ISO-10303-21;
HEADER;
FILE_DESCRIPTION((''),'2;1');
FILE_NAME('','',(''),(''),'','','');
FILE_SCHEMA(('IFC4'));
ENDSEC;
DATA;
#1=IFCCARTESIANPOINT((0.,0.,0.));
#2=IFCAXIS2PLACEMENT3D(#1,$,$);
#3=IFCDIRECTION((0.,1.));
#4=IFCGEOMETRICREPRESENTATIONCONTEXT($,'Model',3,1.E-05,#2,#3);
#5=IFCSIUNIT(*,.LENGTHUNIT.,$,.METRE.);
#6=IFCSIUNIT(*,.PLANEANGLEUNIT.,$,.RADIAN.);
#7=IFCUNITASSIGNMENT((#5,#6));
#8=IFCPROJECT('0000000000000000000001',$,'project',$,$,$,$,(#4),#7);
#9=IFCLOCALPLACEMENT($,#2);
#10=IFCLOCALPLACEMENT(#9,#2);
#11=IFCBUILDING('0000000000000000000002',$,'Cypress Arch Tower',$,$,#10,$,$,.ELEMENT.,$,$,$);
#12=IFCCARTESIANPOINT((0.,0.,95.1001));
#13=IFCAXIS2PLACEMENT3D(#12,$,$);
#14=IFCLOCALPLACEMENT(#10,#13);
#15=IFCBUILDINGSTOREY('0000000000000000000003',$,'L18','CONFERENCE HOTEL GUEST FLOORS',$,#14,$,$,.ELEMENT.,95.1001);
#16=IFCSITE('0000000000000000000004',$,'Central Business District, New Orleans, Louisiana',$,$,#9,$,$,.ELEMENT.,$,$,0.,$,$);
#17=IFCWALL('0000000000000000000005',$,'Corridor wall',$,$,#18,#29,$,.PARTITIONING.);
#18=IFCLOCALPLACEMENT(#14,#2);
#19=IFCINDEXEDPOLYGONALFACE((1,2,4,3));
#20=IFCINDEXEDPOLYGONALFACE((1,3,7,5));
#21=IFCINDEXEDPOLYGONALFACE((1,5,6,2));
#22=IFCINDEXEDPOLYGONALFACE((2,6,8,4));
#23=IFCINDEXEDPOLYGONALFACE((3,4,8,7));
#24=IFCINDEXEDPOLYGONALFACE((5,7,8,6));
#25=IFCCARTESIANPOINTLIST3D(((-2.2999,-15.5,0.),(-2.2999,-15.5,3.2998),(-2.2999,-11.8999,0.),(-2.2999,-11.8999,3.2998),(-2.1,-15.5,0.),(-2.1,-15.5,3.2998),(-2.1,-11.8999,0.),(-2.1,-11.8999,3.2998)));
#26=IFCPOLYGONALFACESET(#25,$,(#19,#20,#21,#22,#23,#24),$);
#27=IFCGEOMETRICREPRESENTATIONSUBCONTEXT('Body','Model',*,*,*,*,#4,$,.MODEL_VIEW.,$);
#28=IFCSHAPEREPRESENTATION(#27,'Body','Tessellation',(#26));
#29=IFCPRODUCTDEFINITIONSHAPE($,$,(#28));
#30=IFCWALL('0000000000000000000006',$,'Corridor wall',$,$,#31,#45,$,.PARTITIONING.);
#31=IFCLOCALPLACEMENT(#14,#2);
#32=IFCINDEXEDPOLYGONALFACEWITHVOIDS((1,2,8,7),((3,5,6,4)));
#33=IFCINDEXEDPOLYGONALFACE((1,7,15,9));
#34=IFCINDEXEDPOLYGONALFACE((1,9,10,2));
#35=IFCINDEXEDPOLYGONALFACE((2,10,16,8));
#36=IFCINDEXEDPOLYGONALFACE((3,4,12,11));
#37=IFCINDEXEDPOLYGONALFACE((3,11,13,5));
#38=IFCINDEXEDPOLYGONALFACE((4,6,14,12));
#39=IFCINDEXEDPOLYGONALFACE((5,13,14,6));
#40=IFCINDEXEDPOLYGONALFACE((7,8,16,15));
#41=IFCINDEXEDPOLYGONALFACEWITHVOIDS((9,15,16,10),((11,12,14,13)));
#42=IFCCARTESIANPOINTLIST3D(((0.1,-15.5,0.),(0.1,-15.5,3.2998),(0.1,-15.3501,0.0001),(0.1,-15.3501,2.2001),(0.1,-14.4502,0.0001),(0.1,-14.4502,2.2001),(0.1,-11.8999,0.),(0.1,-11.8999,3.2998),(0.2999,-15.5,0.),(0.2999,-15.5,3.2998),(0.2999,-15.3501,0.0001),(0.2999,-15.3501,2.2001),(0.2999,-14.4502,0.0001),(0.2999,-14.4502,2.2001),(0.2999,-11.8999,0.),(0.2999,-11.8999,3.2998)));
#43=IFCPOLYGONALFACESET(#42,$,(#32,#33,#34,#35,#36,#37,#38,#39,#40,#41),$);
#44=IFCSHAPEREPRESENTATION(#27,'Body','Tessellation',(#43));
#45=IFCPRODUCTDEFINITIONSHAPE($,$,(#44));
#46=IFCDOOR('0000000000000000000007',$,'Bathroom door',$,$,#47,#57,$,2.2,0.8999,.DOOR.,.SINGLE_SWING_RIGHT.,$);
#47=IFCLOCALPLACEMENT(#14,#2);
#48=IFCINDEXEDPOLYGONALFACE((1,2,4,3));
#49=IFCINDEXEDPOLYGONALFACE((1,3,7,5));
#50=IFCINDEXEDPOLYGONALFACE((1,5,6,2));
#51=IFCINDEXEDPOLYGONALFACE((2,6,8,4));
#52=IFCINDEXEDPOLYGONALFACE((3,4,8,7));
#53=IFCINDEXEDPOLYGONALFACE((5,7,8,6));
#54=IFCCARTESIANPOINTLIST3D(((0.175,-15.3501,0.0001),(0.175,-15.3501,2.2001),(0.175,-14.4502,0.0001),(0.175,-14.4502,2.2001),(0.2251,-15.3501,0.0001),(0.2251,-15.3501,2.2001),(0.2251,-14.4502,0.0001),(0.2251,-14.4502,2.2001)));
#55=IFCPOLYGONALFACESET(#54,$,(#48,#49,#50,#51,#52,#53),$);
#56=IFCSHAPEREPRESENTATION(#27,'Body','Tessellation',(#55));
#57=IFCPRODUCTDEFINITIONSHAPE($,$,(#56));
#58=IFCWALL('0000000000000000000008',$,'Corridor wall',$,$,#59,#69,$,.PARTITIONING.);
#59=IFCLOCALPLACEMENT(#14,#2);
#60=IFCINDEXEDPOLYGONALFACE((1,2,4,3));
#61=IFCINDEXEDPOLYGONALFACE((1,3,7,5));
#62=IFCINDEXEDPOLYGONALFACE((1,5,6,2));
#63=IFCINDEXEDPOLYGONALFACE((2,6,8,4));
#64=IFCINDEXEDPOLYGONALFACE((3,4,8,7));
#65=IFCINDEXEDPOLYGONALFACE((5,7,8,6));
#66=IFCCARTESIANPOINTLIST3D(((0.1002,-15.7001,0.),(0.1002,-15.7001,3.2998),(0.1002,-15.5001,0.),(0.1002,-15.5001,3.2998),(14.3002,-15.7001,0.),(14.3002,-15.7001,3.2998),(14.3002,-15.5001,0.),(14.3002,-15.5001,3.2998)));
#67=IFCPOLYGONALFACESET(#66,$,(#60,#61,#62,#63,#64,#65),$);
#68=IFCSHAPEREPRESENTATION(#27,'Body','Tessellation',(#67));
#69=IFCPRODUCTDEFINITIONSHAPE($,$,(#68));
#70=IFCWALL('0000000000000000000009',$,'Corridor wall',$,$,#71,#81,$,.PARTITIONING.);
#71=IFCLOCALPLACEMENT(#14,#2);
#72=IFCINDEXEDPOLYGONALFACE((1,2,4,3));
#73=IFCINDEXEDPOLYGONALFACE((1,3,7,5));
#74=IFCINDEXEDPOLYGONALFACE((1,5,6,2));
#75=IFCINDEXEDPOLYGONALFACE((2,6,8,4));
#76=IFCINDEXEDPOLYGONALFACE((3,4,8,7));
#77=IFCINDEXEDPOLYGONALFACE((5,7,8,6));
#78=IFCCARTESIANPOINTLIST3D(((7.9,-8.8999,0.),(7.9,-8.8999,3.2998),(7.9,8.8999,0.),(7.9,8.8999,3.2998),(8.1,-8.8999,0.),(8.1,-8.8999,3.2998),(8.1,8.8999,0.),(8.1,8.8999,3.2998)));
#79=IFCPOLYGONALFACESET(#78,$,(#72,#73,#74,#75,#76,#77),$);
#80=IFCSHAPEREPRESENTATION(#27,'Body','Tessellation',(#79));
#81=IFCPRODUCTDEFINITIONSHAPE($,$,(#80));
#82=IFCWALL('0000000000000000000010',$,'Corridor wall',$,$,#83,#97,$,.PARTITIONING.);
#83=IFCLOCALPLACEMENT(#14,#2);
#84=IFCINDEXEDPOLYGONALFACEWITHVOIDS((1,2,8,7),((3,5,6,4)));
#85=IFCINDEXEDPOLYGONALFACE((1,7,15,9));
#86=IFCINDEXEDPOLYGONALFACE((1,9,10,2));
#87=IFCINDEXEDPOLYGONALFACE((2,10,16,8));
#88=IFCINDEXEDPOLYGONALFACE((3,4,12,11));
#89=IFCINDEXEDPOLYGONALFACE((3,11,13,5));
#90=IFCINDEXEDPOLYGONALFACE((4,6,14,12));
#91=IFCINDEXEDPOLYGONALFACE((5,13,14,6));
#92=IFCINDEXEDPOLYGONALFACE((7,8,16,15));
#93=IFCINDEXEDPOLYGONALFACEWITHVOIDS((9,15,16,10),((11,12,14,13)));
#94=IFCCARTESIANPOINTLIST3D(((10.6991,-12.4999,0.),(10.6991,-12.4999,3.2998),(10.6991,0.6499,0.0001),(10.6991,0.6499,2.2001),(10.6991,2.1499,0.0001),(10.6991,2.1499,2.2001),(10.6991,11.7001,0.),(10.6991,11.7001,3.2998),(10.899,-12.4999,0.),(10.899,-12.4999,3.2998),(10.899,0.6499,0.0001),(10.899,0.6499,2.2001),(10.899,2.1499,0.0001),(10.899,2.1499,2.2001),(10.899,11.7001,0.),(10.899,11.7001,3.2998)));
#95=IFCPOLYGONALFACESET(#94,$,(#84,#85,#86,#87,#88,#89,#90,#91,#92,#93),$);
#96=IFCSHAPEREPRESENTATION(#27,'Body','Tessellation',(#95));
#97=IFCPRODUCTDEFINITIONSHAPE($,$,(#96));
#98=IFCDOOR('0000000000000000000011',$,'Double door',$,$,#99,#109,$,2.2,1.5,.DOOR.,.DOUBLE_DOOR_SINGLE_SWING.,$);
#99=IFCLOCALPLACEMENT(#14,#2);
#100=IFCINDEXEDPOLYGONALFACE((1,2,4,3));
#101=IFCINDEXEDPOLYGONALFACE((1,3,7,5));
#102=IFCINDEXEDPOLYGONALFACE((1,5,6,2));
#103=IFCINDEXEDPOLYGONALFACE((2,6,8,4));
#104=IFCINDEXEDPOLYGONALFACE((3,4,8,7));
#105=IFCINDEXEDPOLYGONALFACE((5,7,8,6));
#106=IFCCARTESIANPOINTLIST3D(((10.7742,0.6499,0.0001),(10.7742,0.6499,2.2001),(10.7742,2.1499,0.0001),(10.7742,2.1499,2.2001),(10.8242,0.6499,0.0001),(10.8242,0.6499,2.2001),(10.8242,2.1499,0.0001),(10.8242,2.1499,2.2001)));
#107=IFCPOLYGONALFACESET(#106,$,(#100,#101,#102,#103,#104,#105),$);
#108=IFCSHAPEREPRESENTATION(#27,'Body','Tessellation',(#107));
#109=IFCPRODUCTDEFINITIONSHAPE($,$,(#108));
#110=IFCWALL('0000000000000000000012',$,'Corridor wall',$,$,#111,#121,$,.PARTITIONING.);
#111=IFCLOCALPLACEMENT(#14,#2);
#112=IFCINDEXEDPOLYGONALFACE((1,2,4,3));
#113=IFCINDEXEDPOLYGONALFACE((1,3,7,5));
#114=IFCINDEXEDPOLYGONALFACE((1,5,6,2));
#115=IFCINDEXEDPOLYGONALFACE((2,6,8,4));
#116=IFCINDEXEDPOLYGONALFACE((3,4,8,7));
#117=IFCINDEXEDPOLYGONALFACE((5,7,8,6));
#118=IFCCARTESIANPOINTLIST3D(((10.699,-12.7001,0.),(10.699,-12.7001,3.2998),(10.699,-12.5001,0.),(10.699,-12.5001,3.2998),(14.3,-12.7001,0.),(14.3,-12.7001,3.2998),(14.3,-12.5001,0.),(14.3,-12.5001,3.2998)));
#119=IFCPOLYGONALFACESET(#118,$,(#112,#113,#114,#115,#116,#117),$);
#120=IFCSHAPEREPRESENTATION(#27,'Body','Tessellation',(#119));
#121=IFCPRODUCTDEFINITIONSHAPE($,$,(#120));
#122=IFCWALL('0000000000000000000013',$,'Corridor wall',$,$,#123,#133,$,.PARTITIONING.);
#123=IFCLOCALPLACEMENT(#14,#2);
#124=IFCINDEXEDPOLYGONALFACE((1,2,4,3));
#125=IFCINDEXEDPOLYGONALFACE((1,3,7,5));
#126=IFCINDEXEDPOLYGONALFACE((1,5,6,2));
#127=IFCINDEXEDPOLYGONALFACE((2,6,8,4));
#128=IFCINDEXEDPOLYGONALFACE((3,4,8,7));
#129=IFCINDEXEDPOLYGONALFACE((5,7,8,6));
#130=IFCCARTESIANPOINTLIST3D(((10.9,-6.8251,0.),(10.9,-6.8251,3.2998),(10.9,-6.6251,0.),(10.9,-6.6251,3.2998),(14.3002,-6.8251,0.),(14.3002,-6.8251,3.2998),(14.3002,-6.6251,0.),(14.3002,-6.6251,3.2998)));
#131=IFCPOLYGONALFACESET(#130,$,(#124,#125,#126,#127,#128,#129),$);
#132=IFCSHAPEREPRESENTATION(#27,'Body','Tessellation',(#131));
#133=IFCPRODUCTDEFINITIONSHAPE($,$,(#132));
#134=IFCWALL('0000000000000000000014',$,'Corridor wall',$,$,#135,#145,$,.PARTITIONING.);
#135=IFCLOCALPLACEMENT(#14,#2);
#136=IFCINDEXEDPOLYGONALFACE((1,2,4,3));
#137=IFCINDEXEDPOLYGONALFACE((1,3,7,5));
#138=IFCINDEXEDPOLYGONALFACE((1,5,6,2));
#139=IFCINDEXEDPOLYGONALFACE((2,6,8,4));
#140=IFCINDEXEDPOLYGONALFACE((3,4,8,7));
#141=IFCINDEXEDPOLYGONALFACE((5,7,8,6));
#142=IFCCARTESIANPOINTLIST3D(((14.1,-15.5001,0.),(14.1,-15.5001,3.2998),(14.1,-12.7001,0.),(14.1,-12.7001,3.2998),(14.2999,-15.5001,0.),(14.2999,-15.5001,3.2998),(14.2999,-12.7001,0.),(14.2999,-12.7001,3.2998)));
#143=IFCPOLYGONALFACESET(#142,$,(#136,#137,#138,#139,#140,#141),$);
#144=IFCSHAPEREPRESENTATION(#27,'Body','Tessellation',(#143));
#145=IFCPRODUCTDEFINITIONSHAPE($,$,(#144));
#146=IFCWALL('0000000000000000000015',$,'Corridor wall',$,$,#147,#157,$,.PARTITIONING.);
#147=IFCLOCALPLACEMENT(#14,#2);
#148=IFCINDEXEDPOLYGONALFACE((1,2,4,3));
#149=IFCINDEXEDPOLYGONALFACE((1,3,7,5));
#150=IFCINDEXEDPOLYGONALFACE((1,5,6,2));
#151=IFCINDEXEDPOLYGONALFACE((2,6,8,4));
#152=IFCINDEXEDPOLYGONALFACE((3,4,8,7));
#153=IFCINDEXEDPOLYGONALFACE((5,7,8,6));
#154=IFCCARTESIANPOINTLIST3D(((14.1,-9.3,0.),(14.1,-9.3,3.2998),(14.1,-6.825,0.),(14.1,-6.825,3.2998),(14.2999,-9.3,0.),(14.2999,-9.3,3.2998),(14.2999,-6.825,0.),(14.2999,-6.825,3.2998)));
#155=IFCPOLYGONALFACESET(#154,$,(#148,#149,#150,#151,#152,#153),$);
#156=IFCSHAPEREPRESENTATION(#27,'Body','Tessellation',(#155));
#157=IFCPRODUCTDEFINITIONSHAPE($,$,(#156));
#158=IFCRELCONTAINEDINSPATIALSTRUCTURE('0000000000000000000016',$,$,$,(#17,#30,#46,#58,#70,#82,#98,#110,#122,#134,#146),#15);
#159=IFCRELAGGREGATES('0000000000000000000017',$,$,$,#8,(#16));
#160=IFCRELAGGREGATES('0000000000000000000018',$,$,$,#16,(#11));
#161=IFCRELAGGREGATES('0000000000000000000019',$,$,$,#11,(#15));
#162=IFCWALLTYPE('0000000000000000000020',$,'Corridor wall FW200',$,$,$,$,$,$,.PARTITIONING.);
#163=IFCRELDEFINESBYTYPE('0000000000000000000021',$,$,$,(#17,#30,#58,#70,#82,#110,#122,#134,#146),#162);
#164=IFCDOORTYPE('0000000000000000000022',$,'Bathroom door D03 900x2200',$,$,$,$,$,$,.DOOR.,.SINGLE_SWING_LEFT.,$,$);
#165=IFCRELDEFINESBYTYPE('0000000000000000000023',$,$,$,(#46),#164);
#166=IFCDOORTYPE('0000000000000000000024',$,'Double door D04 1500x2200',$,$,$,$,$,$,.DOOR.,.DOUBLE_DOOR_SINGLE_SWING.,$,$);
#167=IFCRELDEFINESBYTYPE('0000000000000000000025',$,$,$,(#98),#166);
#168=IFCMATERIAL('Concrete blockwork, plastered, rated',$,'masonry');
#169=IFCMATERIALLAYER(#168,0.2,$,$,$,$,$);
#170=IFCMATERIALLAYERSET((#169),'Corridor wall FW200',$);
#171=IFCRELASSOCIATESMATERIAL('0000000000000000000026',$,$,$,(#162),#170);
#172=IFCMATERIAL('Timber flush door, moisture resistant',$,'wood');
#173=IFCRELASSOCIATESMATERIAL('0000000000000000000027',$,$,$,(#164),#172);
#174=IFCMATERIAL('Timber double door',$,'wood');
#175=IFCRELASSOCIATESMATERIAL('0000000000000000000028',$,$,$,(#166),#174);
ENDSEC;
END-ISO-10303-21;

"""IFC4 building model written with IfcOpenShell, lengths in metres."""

from ifc_helpers import new_model, si_unit, direction, frame, frame_2d, origin, place, context, subcontext, project, spatial, rectangle, extrude, material, layer, layer_set, type_object, element, fill, save


model = new_model("IFC4")

# Units and contexts
model_context = context("Model", 3, precision=1e-05, world=origin(), true_north=direction((0.0, 1.0)))
body_context = subcontext(model_context, "Body", "Model", "MODEL_VIEW")
ifc_project = project(units=[si_unit("LENGTHUNIT", "METRE"), si_unit("PLANEANGLEUNIT", "RADIAN")], contexts=[model_context])

# Site, building, storey
site_placement = place(None, origin())
site = spatial("IfcSite", under=ifc_project, at=site_placement, Name="Central Business District, New Orleans, Louisiana", CompositionType="ELEMENT", RefElevation=0.0)
building_placement = place(site_placement, origin())
building = spatial("IfcBuilding", under=site, at=building_placement, Name="Cypress Arch Tower", CompositionType="ELEMENT")
storey_placement = place(building_placement, frame((0.0, 0.0, 95.1001)))
storey = spatial("IfcBuildingStorey", under=building, at=storey_placement, Name="L18", Description="CONFERENCE HOTEL GUEST FLOORS", CompositionType="ELEMENT", Elevation=95.1001)

# Shared definitions
ifc_material_1 = material(Name="Concrete blockwork, plastered, rated", Category="masonry")
ifc_layer_1 = layer(ifc_material_1, 0.2)
ifc_layer_set_1 = layer_set([ifc_layer_1], Name="Corridor wall FW200")
wall_type_1 = type_object("IfcWallType", Name="Corridor wall FW200", PredefinedType="PARTITIONING", material=ifc_layer_set_1)

# Wall
wall_1_placement = place(storey_placement, frame((-2.2, -15.5, 0.0), z_axis=(0.0, 0.0, 1.0), x_axis=(0.0, 1.0, 0.0)))
element("IfcWall", 1, at=wall_1_placement, inside=storey, type_object=wall_type_1, Name="Corridor wall", PredefinedType="PARTITIONING", context=body_context, shape_type="SweptSolid", body=[
    extrude(rectangle(XDim=3.6001, YDim=0.2, at=frame_2d((1.8, 0.0))), origin(), (0.0, 0.0, 1.0), 3.2998),
])

# Wall, opening, door
wall_2_placement = place(storey_placement, frame((0.2, -15.5, 0.0), z_axis=(0.0, 0.0, 1.0), x_axis=(0.0, 1.0, 0.0)))
wall_2 = element("IfcWall", 2, at=wall_2_placement, inside=storey, type_object=wall_type_1, Name="Corridor wall", PredefinedType="PARTITIONING", context=body_context, shape_type="SweptSolid", body=[
    extrude(rectangle(XDim=3.6001, YDim=0.2, at=frame_2d((1.8, 0.0))), origin(), (0.0, 0.0, 1.0), 3.2998),
])
opening_1_placement = place(wall_2_placement, frame((0.1499, 0.0, 0.0)))
opening_1 = element("IfcOpeningElement", 3, at=opening_1_placement, cuts=wall_2, PredefinedType="OPENING", context=body_context, shape_type="SweptSolid", body=[
    extrude(rectangle(XDim=0.8999, YDim=2.2, at=frame_2d((0.45, 1.1001))), frame((0.0, 0.1099, 0.0), z_axis=(0.0, -1.0, 0.0), x_axis=(1.0, 0.0, 0.0)), (0.0, 0.0, 1.0), 0.22),
])
ifc_material_2 = material(Name="Timber flush door, moisture resistant", Category="wood")
door_type_1 = type_object("IfcDoorType", Name="Bathroom door D03 900x2200", OperationType="SINGLE_SWING_LEFT", PredefinedType="DOOR", material=ifc_material_2)
door_1_placement = place(opening_1_placement, origin())
door_1 = element("IfcDoor", 4, at=door_1_placement, inside=storey, type_object=door_type_1, Name="Bathroom door", OperationType="SINGLE_SWING_RIGHT", OverallHeight=2.2, OverallWidth=0.8999, PredefinedType="DOOR", context=body_context, shape_type="SweptSolid", body=[
    extrude(rectangle(XDim=0.8999, YDim=2.2, at=frame_2d((0.45, 1.1001))), frame((0.0, 0.0249, 0.0), z_axis=(0.0, -1.0, 0.0), x_axis=(1.0, 0.0, 0.0)), (0.0, 0.0, 1.0), 0.05),
])
fill(opening_1, door_1)

# Walls
wall_3_placement = place(storey_placement, frame((0.1001, -15.6001, 0.0), z_axis=(0.0, 0.0, 1.0), x_axis=(1.0, 0.0, 0.0)))
element("IfcWall", 5, at=wall_3_placement, inside=storey, type_object=wall_type_1, Name="Corridor wall", PredefinedType="PARTITIONING", context=body_context, shape_type="SweptSolid", body=[
    extrude(rectangle(XDim=14.2, YDim=0.2, at=frame_2d((7.1001, 0.0))), origin(), (0.0, 0.0, 1.0), 3.2998),
])
wall_4_placement = place(storey_placement, frame((8.0, -8.8999, 0.0), z_axis=(0.0, 0.0, 1.0), x_axis=(0.0, 1.0, 0.0)))
element("IfcWall", 6, at=wall_4_placement, inside=storey, type_object=wall_type_1, Name="Corridor wall", PredefinedType="PARTITIONING", context=body_context, shape_type="SweptSolid", body=[
    extrude(rectangle(XDim=17.7998, YDim=0.2, at=frame_2d((8.8999, 0.0))), origin(), (0.0, 0.0, 1.0), 3.2998),
])

# Wall, opening, door
wall_5_placement = place(storey_placement, frame((10.7991, -12.5, 0.0), z_axis=(0.0, 0.0, 1.0), x_axis=(0.0, 1.0, 0.0)))
wall_5 = element("IfcWall", 7, at=wall_5_placement, inside=storey, type_object=wall_type_1, Name="Corridor wall", PredefinedType="PARTITIONING", context=body_context, shape_type="SweptSolid", body=[
    extrude(rectangle(XDim=24.2, YDim=0.2, at=frame_2d((12.1001, 0.0))), origin(), (0.0, 0.0, 1.0), 3.2998),
])
opening_2_placement = place(wall_5_placement, frame((13.1499, 0.0, 0.0)))
opening_2 = element("IfcOpeningElement", 8, at=opening_2_placement, cuts=wall_5, PredefinedType="OPENING", context=body_context, shape_type="SweptSolid", body=[
    extrude(rectangle(XDim=1.5, YDim=2.2, at=frame_2d((0.75, 1.1001))), frame((0.0, 0.1099, 0.0), z_axis=(0.0, -1.0, 0.0), x_axis=(1.0, 0.0, 0.0)), (0.0, 0.0, 1.0), 0.22),
])
ifc_material_3 = material(Name="Timber double door", Category="wood")
door_type_2 = type_object("IfcDoorType", Name="Double door D04 1500x2200", OperationType="DOUBLE_DOOR_SINGLE_SWING", PredefinedType="DOOR", material=ifc_material_3)
door_2_placement = place(opening_2_placement, origin())
door_2 = element("IfcDoor", 9, at=door_2_placement, inside=storey, type_object=door_type_2, Name="Double door", OperationType="DOUBLE_DOOR_SINGLE_SWING", OverallHeight=2.2, OverallWidth=1.5, PredefinedType="DOOR", context=body_context, shape_type="SweptSolid", body=[
    extrude(rectangle(XDim=1.5, YDim=2.2, at=frame_2d((0.75, 1.1001))), frame((0.0, 0.0249, 0.0), z_axis=(0.0, -1.0, 0.0), x_axis=(1.0, 0.0, 0.0)), (0.0, 0.0, 1.0), 0.05),
])
fill(opening_2, door_2)

# Wall
wall_6_placement = place(storey_placement, frame((10.699, -12.6001, 0.0), z_axis=(0.0, 0.0, 1.0), x_axis=(1.0, 0.0, 0.0)))
element("IfcWall", 10, at=wall_6_placement, inside=storey, type_object=wall_type_1, Name="Corridor wall", PredefinedType="PARTITIONING", context=body_context, shape_type="SweptSolid", body=[
    extrude(rectangle(XDim=3.6011, YDim=0.2, at=frame_2d((1.8005, 0.0))), origin(), (0.0, 0.0, 1.0), 3.2998),
])

# Walls
wall_7_placement = place(storey_placement, frame((10.8999, -6.7251, 0.0), z_axis=(0.0, 0.0, 1.0), x_axis=(1.0, 0.0, 0.0)))
element("IfcWall", 11, at=wall_7_placement, inside=storey, type_object=wall_type_1, Name="Corridor wall", PredefinedType="PARTITIONING", context=body_context, shape_type="SweptSolid", body=[
    extrude(rectangle(XDim=3.4001, YDim=0.2, at=frame_2d((1.7002, 0.0))), origin(), (0.0, 0.0, 1.0), 3.2998),
])
wall_8_placement = place(storey_placement, frame((14.2, -15.5, 0.0), z_axis=(0.0, 0.0, 1.0), x_axis=(0.0, 1.0, 0.0)))
element("IfcWall", 12, at=wall_8_placement, inside=storey, type_object=wall_type_1, Name="Corridor wall", PredefinedType="PARTITIONING", context=body_context, shape_type="SweptSolid", body=[
    extrude(rectangle(XDim=2.8, YDim=0.2, at=frame_2d((1.3999, 0.0))), origin(), (0.0, 0.0, 1.0), 3.2998),
])
wall_9_placement = place(storey_placement, frame((14.2, -9.3, 0.0), z_axis=(0.0, 0.0, 1.0), x_axis=(0.0, 1.0, 0.0)))
element("IfcWall", 13, at=wall_9_placement, inside=storey, type_object=wall_type_1, Name="Corridor wall", PredefinedType="PARTITIONING", context=body_context, shape_type="SweptSolid", body=[
    extrude(rectangle(XDim=2.4751, YDim=0.2, at=frame_2d((1.2375, 0.0))), origin(), (0.0, 0.0, 1.0), 3.2998),
])

save(model, "model.ifc")
